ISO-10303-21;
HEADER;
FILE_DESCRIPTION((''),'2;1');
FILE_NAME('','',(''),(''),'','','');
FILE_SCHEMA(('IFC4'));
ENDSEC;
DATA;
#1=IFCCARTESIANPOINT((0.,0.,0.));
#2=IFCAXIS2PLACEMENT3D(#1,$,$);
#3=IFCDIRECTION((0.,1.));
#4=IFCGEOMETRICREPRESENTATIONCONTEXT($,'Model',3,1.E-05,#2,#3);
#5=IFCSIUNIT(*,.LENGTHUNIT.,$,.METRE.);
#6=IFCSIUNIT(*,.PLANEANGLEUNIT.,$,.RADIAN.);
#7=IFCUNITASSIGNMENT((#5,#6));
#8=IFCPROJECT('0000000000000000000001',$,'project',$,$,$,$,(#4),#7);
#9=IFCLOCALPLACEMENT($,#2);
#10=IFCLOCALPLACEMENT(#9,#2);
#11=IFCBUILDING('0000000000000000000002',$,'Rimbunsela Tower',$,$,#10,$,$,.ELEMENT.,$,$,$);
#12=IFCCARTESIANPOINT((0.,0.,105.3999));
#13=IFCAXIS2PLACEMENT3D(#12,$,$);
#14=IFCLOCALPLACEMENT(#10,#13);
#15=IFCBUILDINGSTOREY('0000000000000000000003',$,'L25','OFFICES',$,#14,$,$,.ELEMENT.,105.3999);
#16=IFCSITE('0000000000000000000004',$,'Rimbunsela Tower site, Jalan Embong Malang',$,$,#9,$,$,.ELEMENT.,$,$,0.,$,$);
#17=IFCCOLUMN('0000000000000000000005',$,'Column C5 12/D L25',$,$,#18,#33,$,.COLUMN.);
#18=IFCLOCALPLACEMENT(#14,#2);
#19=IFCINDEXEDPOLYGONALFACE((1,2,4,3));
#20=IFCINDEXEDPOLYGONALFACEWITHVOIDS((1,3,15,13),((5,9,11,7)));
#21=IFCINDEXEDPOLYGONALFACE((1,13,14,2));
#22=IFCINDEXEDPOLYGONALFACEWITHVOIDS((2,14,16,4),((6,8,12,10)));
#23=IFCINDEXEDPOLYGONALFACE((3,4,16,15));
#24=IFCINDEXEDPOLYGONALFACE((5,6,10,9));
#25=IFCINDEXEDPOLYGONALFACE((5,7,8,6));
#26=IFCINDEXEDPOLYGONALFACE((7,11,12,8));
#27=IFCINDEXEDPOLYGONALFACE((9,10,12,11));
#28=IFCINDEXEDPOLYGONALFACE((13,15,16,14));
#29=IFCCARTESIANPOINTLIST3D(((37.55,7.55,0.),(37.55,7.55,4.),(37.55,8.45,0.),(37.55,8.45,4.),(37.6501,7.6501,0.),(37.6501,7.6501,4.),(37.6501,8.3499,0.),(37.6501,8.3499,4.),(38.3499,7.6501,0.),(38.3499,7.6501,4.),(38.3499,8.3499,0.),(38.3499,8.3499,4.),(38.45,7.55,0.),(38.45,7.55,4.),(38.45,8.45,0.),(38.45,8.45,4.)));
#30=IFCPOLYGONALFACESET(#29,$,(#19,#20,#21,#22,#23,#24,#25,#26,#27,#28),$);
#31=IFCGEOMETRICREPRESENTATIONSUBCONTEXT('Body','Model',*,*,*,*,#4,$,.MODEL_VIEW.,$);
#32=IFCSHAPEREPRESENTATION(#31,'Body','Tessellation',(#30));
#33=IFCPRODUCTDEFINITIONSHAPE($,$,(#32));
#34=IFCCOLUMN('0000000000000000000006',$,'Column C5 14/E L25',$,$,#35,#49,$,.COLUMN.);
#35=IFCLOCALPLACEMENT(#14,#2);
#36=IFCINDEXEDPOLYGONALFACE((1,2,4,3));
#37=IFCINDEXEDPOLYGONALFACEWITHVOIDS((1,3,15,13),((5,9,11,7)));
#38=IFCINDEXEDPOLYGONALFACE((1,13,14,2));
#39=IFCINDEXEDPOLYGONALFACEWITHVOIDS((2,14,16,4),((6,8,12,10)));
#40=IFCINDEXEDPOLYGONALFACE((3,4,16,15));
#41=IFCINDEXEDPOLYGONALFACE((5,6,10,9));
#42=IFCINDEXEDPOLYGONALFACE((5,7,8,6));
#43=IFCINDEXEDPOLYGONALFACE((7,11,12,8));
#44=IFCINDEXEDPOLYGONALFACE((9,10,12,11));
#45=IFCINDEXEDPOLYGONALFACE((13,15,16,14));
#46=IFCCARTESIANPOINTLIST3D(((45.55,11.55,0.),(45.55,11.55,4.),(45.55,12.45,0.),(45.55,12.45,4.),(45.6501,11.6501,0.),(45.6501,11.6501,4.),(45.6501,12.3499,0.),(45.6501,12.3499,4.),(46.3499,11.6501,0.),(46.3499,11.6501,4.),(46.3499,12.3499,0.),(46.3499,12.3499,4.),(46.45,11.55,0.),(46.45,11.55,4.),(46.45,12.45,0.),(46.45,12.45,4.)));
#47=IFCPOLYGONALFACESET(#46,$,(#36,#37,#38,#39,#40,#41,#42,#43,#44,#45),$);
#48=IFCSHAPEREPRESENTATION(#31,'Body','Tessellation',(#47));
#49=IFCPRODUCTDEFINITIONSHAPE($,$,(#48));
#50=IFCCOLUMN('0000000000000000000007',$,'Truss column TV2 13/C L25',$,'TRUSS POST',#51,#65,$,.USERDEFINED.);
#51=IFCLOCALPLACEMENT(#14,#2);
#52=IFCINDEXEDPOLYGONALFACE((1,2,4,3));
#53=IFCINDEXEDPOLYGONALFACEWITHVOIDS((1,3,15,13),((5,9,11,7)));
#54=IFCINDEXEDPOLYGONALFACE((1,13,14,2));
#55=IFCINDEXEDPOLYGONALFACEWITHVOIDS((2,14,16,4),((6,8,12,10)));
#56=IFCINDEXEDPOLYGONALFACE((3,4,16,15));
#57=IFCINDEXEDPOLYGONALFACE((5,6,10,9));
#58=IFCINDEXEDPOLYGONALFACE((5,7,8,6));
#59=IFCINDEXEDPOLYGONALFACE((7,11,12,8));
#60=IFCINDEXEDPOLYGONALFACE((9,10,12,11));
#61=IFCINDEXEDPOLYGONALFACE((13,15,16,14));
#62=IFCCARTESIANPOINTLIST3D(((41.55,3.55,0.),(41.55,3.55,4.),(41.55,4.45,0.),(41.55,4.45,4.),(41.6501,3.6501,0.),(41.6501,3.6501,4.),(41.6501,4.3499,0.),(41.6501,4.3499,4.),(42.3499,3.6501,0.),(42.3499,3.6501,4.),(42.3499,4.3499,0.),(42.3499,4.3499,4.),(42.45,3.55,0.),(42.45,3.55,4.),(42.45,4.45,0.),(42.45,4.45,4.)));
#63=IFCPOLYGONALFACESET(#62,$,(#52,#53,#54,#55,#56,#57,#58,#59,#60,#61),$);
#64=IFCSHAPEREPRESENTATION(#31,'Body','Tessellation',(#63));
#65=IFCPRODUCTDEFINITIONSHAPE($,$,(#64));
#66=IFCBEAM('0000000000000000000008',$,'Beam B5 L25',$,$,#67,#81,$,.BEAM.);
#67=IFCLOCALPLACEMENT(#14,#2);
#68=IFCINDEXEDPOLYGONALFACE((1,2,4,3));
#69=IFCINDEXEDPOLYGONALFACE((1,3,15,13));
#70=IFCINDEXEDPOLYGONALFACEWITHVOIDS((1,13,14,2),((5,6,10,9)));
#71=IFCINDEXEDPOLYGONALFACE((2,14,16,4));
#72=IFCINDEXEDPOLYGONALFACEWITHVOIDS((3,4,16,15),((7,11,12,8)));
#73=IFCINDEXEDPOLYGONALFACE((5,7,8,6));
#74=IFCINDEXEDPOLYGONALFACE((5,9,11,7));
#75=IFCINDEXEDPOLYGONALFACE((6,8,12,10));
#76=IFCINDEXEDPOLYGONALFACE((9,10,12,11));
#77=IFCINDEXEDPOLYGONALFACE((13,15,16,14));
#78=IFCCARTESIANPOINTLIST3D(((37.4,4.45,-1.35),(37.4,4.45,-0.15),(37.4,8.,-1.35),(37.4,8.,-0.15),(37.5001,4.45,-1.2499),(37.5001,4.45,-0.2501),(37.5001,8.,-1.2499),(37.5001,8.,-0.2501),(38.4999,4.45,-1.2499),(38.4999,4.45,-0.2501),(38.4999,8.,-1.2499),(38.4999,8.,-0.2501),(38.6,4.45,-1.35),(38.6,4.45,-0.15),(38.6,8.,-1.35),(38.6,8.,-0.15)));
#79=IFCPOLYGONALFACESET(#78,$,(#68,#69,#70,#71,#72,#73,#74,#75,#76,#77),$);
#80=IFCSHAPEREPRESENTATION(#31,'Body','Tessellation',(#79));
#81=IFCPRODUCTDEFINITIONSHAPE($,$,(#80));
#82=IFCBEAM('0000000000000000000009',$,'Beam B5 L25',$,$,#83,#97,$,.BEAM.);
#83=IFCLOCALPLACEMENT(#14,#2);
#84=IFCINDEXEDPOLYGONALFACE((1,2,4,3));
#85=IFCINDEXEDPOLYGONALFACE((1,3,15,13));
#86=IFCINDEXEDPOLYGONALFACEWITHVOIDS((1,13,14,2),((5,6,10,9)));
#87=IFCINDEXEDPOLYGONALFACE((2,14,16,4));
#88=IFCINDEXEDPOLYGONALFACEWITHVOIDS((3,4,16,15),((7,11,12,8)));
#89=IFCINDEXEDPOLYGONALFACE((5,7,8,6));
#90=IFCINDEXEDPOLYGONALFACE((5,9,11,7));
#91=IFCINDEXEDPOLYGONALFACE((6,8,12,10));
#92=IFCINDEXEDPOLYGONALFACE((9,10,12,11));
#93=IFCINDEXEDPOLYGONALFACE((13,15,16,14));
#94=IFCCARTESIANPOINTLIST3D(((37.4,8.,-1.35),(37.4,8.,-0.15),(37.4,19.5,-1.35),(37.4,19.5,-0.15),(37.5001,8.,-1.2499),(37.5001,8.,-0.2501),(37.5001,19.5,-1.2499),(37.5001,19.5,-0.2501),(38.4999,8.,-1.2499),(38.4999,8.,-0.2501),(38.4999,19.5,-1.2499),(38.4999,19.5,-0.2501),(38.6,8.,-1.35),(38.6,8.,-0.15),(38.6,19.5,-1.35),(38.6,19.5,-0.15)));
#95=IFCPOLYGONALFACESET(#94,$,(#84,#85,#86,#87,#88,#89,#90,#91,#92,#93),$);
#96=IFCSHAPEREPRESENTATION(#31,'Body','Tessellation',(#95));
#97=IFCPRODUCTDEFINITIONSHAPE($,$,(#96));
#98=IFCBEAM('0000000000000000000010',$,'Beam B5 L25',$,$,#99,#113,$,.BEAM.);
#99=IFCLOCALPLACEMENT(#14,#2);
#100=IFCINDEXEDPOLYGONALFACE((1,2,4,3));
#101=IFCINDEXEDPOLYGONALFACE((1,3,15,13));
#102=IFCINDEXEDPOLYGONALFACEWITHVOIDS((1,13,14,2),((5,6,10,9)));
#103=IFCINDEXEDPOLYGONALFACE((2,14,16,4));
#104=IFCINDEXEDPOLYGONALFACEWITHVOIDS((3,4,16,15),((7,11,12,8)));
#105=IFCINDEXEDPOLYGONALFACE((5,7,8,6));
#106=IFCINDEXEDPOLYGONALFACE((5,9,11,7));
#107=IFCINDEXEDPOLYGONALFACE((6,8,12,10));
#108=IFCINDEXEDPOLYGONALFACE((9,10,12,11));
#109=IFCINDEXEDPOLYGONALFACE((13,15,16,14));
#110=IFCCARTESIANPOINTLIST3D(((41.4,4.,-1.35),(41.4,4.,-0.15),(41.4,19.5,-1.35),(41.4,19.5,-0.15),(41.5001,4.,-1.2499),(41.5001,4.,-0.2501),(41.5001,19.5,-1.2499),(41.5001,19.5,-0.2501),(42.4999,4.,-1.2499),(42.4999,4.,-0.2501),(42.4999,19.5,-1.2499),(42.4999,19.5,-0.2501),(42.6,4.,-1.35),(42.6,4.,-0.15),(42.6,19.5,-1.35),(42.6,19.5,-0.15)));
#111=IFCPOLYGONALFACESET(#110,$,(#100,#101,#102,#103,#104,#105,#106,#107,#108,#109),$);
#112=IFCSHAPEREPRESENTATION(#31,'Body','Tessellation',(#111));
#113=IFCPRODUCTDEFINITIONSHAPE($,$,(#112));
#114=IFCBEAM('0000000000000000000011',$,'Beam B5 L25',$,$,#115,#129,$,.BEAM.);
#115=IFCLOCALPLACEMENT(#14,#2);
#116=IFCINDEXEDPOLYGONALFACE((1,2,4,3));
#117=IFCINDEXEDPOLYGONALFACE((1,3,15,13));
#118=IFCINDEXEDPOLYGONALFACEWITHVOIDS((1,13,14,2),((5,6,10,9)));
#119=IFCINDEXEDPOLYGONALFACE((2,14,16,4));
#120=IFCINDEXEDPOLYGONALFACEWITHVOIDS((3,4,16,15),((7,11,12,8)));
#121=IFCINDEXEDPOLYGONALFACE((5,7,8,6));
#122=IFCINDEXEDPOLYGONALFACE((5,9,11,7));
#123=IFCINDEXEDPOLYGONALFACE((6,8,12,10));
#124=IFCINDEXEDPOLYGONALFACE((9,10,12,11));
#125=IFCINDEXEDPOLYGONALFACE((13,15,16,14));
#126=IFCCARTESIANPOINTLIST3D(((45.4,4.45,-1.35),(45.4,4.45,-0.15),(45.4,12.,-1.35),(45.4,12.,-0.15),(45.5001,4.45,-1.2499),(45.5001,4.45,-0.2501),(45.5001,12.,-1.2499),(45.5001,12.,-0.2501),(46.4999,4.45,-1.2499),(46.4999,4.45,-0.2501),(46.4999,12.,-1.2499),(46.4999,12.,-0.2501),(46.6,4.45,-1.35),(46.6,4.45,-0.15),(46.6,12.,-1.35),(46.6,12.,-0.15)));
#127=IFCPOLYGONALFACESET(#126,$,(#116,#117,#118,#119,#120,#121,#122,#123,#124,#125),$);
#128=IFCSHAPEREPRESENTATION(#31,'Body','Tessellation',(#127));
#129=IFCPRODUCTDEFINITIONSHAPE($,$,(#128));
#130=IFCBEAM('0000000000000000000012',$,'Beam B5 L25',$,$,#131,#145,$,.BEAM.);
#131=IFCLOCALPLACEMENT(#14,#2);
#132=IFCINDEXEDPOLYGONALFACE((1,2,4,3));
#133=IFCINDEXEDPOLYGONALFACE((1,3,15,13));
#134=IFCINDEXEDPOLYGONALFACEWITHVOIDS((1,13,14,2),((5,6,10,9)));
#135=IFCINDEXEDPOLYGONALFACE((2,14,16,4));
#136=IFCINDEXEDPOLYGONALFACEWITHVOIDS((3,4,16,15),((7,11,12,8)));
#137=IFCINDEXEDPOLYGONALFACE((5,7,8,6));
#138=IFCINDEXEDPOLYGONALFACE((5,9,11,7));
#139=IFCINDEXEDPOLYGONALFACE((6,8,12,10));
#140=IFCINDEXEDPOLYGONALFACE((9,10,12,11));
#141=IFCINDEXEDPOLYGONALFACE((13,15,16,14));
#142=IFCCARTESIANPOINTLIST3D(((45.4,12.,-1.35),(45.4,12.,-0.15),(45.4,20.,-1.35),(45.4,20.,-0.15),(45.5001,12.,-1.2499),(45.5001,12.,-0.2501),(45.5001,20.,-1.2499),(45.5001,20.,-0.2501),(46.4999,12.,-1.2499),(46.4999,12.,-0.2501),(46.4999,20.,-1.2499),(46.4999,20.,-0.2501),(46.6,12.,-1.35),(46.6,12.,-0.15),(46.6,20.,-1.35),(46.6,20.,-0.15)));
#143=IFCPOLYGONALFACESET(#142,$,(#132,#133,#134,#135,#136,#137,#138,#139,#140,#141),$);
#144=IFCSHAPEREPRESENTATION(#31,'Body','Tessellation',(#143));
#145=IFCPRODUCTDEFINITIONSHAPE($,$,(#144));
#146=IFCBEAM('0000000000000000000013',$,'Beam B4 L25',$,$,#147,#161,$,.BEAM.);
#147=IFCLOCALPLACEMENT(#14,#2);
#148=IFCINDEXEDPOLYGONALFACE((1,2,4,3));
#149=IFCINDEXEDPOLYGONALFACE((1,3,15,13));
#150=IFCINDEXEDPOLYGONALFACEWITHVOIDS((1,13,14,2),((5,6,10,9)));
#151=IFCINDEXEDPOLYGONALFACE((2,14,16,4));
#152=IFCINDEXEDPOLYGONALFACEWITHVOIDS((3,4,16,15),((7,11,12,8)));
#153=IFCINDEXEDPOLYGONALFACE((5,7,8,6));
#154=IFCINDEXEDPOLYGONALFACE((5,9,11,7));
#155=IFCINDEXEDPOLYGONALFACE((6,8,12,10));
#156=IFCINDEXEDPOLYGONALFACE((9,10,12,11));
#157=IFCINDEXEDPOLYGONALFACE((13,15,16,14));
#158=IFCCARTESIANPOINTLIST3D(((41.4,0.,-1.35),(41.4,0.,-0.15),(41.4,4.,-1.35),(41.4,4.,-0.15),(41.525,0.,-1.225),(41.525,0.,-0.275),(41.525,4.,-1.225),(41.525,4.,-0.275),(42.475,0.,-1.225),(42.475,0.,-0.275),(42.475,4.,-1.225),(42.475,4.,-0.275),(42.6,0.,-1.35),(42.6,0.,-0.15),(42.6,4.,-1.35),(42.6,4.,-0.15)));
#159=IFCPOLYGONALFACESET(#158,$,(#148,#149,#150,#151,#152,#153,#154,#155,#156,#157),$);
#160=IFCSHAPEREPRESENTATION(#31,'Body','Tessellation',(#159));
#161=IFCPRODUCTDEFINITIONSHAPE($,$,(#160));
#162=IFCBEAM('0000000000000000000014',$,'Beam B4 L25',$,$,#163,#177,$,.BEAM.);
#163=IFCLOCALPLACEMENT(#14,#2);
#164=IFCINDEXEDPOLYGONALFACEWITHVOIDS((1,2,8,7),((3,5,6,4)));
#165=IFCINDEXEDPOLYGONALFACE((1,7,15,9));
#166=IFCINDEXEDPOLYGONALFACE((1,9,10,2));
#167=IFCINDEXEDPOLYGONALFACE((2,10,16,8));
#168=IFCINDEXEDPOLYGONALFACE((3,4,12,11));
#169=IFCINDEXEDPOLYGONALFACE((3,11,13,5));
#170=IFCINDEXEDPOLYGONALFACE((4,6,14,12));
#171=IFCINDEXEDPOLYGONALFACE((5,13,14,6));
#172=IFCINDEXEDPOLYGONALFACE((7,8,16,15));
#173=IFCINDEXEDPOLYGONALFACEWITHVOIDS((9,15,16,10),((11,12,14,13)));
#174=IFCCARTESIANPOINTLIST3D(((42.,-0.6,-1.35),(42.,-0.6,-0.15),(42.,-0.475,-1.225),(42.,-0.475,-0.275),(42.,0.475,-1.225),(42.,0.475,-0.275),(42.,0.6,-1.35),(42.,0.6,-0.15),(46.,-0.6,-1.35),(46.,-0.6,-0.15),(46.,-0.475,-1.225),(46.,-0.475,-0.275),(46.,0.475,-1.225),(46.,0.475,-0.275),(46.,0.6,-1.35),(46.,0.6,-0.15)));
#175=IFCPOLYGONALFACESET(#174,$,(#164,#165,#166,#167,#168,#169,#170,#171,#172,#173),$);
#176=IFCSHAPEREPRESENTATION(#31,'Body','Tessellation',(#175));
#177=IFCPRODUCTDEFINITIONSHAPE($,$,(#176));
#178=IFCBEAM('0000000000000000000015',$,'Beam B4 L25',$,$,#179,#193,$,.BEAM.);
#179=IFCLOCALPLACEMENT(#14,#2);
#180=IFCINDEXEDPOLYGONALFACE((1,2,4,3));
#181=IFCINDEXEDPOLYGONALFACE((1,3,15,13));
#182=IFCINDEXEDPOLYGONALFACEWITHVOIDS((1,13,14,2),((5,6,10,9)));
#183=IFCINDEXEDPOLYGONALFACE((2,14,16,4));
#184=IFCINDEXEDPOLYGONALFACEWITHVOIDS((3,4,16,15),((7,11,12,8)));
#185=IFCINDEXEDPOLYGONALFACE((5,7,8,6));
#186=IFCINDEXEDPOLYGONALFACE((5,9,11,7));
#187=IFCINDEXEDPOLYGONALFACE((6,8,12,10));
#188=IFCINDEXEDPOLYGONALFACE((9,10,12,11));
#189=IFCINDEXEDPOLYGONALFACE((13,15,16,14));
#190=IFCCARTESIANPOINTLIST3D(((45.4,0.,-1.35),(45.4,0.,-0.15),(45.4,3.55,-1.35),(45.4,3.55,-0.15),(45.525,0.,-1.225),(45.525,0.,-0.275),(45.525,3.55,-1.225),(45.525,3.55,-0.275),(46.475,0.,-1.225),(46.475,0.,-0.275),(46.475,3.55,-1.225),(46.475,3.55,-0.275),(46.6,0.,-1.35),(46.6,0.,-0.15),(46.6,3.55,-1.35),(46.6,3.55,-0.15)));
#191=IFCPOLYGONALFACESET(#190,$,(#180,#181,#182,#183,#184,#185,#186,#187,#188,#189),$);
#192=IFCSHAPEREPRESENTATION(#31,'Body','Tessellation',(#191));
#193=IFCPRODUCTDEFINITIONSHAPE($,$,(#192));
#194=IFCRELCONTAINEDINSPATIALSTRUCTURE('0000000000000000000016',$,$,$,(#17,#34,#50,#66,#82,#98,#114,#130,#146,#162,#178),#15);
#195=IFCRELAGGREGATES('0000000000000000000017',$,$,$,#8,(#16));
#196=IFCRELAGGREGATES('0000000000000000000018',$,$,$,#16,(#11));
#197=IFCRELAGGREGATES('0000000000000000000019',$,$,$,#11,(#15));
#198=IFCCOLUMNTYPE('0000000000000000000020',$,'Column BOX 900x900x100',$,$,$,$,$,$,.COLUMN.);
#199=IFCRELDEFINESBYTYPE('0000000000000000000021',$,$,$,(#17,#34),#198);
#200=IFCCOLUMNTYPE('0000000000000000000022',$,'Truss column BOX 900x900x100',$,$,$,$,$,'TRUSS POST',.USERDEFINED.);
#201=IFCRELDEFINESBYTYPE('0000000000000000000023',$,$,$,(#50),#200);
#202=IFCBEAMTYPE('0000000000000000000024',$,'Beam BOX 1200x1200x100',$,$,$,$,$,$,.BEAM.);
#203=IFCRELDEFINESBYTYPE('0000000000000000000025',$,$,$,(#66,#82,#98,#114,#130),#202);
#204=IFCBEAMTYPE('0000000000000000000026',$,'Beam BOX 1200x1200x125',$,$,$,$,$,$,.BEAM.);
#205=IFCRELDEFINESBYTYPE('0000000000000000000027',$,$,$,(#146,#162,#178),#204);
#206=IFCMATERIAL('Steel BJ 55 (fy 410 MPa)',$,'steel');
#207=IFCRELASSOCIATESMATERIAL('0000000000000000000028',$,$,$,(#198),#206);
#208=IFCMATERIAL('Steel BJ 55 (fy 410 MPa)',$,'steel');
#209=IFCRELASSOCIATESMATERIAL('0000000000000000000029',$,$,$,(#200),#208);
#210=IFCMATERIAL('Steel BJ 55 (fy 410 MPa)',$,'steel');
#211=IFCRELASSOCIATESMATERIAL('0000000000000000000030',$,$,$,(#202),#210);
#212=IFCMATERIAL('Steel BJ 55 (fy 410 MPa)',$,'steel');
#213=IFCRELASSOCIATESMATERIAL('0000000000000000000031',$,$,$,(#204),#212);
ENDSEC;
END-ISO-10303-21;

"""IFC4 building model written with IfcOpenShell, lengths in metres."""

from ifc_helpers import new_model, si_unit, direction, frame, origin, origin_2d, place, context, subcontext, project, spatial, hollow_rectangle, extrude, material, material_profile, profile_set, type_object, element, save


model = new_model("IFC4")

# Units and contexts
model_context = context("Model", 3, precision=1e-05, world=origin(), true_north=direction((0.0, 1.0)))
body_context = subcontext(model_context, "Body", "Model", "MODEL_VIEW")
ifc_project = project(units=[si_unit("LENGTHUNIT", "METRE"), si_unit("PLANEANGLEUNIT", "RADIAN")], contexts=[model_context])

# Site, building, storey
site_placement = place(None, origin())
site = spatial("IfcSite", under=ifc_project, at=site_placement, Name="Rimbunsela Tower site, Jalan Embong Malang", CompositionType="ELEMENT", RefElevation=0.0)
building_placement = place(site_placement, origin())
building = spatial("IfcBuilding", under=site, at=building_placement, Name="Rimbunsela Tower", CompositionType="ELEMENT")
storey_placement = place(building_placement, frame((0.0, 0.0, 105.3999)))
storey = spatial("IfcBuildingStorey", under=building, at=storey_placement, Name="L25", Description="OFFICES", CompositionType="ELEMENT", Elevation=105.3999)

# Columns
ifc_material_1 = material(Name="Steel BJ 55 (fy 410 MPa)", Category="steel")
ifc_material_profile_1 = material_profile(ifc_material_1, hollow_rectangle(XDim=0.8999, YDim=0.8999, WallThickness=0.1001, at=origin_2d()), Name="BOX 900x900x100")
ifc_profile_set_1 = profile_set([ifc_material_profile_1], Name="Steel BJ 55 (fy 410 MPa)")
column_type_1 = type_object("IfcColumnType", Name="Column BOX 900x900x100", PredefinedType="COLUMN", material=ifc_profile_set_1)
for number, where, z_axis, x_axis, name in (
    (1, (38.0, 8.0, 0.0), (0.0, 0.0, 1.0), (1.0, 0.0, 0.0), "Column C5 12/D L25"),
    (2, (46.0, 12.0, 0.0), (0.0, 0.0, 1.0), (1.0, 0.0, 0.0), "Column C5 14/E L25"),
):
    element("IfcColumn", number, at=place(storey_placement, frame(where, z_axis=z_axis, x_axis=x_axis)), inside=storey, type_object=column_type_1, Name=name, PredefinedType="COLUMN", context=body_context, shape_type="SweptSolid", body=[
        extrude(hollow_rectangle(XDim=0.8999, YDim=0.8999, WallThickness=0.1001, at=origin_2d()), origin(), (0.0, 0.0, 1.0), 4.0),
    ])
ifc_material_2 = material(Name="Steel BJ 55 (fy 410 MPa)", Category="steel")
ifc_material_profile_2 = material_profile(ifc_material_2, hollow_rectangle(XDim=0.8999, YDim=0.8999, WallThickness=0.1001, at=origin_2d()), Name="BOX 900x900x100")
ifc_profile_set_2 = profile_set([ifc_material_profile_2], Name="Steel BJ 55 (fy 410 MPa)")
column_type_2 = type_object("IfcColumnType", Name="Truss column BOX 900x900x100", ElementType="TRUSS POST", PredefinedType="USERDEFINED", material=ifc_profile_set_2)
column_placement = place(storey_placement, frame((42.0, 4.0, 0.0), z_axis=(0.0, 0.0, 1.0), x_axis=(1.0, 0.0, 0.0)))
element("IfcColumn", 3, at=column_placement, inside=storey, type_object=column_type_2, Name="Truss column TV2 13/C L25", ObjectType="TRUSS POST", PredefinedType="USERDEFINED", context=body_context, shape_type="SweptSolid", body=[
    extrude(hollow_rectangle(XDim=0.8999, YDim=0.8999, WallThickness=0.1001, at=origin_2d()), origin(), (0.0, 0.0, 1.0), 4.0),
])

# Beams
ifc_material_3 = material(Name="Steel BJ 55 (fy 410 MPa)", Category="steel")
ifc_material_profile_3 = material_profile(ifc_material_3, hollow_rectangle(XDim=1.2, YDim=1.2, WallThickness=0.1001, at=origin_2d()), Name="BOX 1200x1200x100")
ifc_profile_set_3 = profile_set([ifc_material_profile_3], Name="Steel BJ 55 (fy 410 MPa)")
beam_type_1 = type_object("IfcBeamType", Name="Beam BOX 1200x1200x100", PredefinedType="BEAM", material=ifc_profile_set_3)
beam_1_placement = place(storey_placement, frame((38.0, 4.45, -0.75), z_axis=(0.0, 1.0, 0.0), x_axis=(-1.0, 0.0, 0.0)))
element("IfcBeam", 4, at=beam_1_placement, inside=storey, type_object=beam_type_1, Name="Beam B5 L25", PredefinedType="BEAM", context=body_context, shape_type="SweptSolid", body=[
    extrude(hollow_rectangle(XDim=1.2, YDim=1.2, WallThickness=0.1001, at=origin_2d()), origin(), (0.0, 0.0, 1.0), 3.55),
])
beam_2_placement = place(storey_placement, frame((38.0, 8.0, -0.75), z_axis=(0.0, 1.0, 0.0), x_axis=(-1.0, 0.0, 0.0)))
element("IfcBeam", 5, at=beam_2_placement, inside=storey, type_object=beam_type_1, Name="Beam B5 L25", PredefinedType="BEAM", context=body_context, shape_type="SweptSolid", body=[
    extrude(hollow_rectangle(XDim=1.2, YDim=1.2, WallThickness=0.1001, at=origin_2d()), origin(), (0.0, 0.0, 1.0), 11.5),
])
beam_3_placement = place(storey_placement, frame((42.0, 4.0, -0.75), z_axis=(0.0, 1.0, 0.0), x_axis=(-1.0, 0.0, 0.0)))
element("IfcBeam", 6, at=beam_3_placement, inside=storey, type_object=beam_type_1, Name="Beam B5 L25", PredefinedType="BEAM", context=body_context, shape_type="SweptSolid", body=[
    extrude(hollow_rectangle(XDim=1.2, YDim=1.2, WallThickness=0.1001, at=origin_2d()), origin(), (0.0, 0.0, 1.0), 15.5),
])
beam_4_placement = place(storey_placement, frame((46.0, 4.45, -0.75), z_axis=(0.0, 1.0, 0.0), x_axis=(-1.0, 0.0, 0.0)))
element("IfcBeam", 7, at=beam_4_placement, inside=storey, type_object=beam_type_1, Name="Beam B5 L25", PredefinedType="BEAM", context=body_context, shape_type="SweptSolid", body=[
    extrude(hollow_rectangle(XDim=1.2, YDim=1.2, WallThickness=0.1001, at=origin_2d()), origin(), (0.0, 0.0, 1.0), 7.55),
])
beam_5_placement = place(storey_placement, frame((46.0, 12.0, -0.75), z_axis=(0.0, 1.0, 0.0), x_axis=(-1.0, 0.0, 0.0)))
element("IfcBeam", 8, at=beam_5_placement, inside=storey, type_object=beam_type_1, Name="Beam B5 L25", PredefinedType="BEAM", context=body_context, shape_type="SweptSolid", body=[
    extrude(hollow_rectangle(XDim=1.2, YDim=1.2, WallThickness=0.1001, at=origin_2d()), origin(), (0.0, 0.0, 1.0), 8.0),
])
ifc_material_4 = material(Name="Steel BJ 55 (fy 410 MPa)", Category="steel")
ifc_material_profile_4 = material_profile(ifc_material_4, hollow_rectangle(XDim=1.2, YDim=1.2, WallThickness=0.125, at=origin_2d()), Name="BOX 1200x1200x125")
ifc_profile_set_4 = profile_set([ifc_material_profile_4], Name="Steel BJ 55 (fy 410 MPa)")
beam_type_2 = type_object("IfcBeamType", Name="Beam BOX 1200x1200x125", PredefinedType="BEAM", material=ifc_profile_set_4)
for number, where, z_axis, x_axis, name in (
    (9, (42.0, 0.0, -0.75), (0.0, 1.0, 0.0), (-1.0, 0.0, 0.0), "Beam B4 L25"),
    (10, (42.0, 0.0, -0.75), (1.0, 0.0, 0.0), (0.0, 1.0, 0.0), "Beam B4 L25"),
):
    element("IfcBeam", number, at=place(storey_placement, frame(where, z_axis=z_axis, x_axis=x_axis)), inside=storey, type_object=beam_type_2, Name=name, PredefinedType="BEAM", context=body_context, shape_type="SweptSolid", body=[
        extrude(hollow_rectangle(XDim=1.2, YDim=1.2, WallThickness=0.125, at=origin_2d()), origin(), (0.0, 0.0, 1.0), 4.0),
    ])
beam_6_placement = place(storey_placement, frame((46.0, 0.0, -0.75), z_axis=(0.0, 1.0, 0.0), x_axis=(-1.0, 0.0, 0.0)))
element("IfcBeam", 11, at=beam_6_placement, inside=storey, type_object=beam_type_2, Name="Beam B4 L25", PredefinedType="BEAM", context=body_context, shape_type="SweptSolid", body=[
    extrude(hollow_rectangle(XDim=1.2, YDim=1.2, WallThickness=0.125, at=origin_2d()), origin(), (0.0, 0.0, 1.0), 3.55),
])

save(model, "model.ifc")
